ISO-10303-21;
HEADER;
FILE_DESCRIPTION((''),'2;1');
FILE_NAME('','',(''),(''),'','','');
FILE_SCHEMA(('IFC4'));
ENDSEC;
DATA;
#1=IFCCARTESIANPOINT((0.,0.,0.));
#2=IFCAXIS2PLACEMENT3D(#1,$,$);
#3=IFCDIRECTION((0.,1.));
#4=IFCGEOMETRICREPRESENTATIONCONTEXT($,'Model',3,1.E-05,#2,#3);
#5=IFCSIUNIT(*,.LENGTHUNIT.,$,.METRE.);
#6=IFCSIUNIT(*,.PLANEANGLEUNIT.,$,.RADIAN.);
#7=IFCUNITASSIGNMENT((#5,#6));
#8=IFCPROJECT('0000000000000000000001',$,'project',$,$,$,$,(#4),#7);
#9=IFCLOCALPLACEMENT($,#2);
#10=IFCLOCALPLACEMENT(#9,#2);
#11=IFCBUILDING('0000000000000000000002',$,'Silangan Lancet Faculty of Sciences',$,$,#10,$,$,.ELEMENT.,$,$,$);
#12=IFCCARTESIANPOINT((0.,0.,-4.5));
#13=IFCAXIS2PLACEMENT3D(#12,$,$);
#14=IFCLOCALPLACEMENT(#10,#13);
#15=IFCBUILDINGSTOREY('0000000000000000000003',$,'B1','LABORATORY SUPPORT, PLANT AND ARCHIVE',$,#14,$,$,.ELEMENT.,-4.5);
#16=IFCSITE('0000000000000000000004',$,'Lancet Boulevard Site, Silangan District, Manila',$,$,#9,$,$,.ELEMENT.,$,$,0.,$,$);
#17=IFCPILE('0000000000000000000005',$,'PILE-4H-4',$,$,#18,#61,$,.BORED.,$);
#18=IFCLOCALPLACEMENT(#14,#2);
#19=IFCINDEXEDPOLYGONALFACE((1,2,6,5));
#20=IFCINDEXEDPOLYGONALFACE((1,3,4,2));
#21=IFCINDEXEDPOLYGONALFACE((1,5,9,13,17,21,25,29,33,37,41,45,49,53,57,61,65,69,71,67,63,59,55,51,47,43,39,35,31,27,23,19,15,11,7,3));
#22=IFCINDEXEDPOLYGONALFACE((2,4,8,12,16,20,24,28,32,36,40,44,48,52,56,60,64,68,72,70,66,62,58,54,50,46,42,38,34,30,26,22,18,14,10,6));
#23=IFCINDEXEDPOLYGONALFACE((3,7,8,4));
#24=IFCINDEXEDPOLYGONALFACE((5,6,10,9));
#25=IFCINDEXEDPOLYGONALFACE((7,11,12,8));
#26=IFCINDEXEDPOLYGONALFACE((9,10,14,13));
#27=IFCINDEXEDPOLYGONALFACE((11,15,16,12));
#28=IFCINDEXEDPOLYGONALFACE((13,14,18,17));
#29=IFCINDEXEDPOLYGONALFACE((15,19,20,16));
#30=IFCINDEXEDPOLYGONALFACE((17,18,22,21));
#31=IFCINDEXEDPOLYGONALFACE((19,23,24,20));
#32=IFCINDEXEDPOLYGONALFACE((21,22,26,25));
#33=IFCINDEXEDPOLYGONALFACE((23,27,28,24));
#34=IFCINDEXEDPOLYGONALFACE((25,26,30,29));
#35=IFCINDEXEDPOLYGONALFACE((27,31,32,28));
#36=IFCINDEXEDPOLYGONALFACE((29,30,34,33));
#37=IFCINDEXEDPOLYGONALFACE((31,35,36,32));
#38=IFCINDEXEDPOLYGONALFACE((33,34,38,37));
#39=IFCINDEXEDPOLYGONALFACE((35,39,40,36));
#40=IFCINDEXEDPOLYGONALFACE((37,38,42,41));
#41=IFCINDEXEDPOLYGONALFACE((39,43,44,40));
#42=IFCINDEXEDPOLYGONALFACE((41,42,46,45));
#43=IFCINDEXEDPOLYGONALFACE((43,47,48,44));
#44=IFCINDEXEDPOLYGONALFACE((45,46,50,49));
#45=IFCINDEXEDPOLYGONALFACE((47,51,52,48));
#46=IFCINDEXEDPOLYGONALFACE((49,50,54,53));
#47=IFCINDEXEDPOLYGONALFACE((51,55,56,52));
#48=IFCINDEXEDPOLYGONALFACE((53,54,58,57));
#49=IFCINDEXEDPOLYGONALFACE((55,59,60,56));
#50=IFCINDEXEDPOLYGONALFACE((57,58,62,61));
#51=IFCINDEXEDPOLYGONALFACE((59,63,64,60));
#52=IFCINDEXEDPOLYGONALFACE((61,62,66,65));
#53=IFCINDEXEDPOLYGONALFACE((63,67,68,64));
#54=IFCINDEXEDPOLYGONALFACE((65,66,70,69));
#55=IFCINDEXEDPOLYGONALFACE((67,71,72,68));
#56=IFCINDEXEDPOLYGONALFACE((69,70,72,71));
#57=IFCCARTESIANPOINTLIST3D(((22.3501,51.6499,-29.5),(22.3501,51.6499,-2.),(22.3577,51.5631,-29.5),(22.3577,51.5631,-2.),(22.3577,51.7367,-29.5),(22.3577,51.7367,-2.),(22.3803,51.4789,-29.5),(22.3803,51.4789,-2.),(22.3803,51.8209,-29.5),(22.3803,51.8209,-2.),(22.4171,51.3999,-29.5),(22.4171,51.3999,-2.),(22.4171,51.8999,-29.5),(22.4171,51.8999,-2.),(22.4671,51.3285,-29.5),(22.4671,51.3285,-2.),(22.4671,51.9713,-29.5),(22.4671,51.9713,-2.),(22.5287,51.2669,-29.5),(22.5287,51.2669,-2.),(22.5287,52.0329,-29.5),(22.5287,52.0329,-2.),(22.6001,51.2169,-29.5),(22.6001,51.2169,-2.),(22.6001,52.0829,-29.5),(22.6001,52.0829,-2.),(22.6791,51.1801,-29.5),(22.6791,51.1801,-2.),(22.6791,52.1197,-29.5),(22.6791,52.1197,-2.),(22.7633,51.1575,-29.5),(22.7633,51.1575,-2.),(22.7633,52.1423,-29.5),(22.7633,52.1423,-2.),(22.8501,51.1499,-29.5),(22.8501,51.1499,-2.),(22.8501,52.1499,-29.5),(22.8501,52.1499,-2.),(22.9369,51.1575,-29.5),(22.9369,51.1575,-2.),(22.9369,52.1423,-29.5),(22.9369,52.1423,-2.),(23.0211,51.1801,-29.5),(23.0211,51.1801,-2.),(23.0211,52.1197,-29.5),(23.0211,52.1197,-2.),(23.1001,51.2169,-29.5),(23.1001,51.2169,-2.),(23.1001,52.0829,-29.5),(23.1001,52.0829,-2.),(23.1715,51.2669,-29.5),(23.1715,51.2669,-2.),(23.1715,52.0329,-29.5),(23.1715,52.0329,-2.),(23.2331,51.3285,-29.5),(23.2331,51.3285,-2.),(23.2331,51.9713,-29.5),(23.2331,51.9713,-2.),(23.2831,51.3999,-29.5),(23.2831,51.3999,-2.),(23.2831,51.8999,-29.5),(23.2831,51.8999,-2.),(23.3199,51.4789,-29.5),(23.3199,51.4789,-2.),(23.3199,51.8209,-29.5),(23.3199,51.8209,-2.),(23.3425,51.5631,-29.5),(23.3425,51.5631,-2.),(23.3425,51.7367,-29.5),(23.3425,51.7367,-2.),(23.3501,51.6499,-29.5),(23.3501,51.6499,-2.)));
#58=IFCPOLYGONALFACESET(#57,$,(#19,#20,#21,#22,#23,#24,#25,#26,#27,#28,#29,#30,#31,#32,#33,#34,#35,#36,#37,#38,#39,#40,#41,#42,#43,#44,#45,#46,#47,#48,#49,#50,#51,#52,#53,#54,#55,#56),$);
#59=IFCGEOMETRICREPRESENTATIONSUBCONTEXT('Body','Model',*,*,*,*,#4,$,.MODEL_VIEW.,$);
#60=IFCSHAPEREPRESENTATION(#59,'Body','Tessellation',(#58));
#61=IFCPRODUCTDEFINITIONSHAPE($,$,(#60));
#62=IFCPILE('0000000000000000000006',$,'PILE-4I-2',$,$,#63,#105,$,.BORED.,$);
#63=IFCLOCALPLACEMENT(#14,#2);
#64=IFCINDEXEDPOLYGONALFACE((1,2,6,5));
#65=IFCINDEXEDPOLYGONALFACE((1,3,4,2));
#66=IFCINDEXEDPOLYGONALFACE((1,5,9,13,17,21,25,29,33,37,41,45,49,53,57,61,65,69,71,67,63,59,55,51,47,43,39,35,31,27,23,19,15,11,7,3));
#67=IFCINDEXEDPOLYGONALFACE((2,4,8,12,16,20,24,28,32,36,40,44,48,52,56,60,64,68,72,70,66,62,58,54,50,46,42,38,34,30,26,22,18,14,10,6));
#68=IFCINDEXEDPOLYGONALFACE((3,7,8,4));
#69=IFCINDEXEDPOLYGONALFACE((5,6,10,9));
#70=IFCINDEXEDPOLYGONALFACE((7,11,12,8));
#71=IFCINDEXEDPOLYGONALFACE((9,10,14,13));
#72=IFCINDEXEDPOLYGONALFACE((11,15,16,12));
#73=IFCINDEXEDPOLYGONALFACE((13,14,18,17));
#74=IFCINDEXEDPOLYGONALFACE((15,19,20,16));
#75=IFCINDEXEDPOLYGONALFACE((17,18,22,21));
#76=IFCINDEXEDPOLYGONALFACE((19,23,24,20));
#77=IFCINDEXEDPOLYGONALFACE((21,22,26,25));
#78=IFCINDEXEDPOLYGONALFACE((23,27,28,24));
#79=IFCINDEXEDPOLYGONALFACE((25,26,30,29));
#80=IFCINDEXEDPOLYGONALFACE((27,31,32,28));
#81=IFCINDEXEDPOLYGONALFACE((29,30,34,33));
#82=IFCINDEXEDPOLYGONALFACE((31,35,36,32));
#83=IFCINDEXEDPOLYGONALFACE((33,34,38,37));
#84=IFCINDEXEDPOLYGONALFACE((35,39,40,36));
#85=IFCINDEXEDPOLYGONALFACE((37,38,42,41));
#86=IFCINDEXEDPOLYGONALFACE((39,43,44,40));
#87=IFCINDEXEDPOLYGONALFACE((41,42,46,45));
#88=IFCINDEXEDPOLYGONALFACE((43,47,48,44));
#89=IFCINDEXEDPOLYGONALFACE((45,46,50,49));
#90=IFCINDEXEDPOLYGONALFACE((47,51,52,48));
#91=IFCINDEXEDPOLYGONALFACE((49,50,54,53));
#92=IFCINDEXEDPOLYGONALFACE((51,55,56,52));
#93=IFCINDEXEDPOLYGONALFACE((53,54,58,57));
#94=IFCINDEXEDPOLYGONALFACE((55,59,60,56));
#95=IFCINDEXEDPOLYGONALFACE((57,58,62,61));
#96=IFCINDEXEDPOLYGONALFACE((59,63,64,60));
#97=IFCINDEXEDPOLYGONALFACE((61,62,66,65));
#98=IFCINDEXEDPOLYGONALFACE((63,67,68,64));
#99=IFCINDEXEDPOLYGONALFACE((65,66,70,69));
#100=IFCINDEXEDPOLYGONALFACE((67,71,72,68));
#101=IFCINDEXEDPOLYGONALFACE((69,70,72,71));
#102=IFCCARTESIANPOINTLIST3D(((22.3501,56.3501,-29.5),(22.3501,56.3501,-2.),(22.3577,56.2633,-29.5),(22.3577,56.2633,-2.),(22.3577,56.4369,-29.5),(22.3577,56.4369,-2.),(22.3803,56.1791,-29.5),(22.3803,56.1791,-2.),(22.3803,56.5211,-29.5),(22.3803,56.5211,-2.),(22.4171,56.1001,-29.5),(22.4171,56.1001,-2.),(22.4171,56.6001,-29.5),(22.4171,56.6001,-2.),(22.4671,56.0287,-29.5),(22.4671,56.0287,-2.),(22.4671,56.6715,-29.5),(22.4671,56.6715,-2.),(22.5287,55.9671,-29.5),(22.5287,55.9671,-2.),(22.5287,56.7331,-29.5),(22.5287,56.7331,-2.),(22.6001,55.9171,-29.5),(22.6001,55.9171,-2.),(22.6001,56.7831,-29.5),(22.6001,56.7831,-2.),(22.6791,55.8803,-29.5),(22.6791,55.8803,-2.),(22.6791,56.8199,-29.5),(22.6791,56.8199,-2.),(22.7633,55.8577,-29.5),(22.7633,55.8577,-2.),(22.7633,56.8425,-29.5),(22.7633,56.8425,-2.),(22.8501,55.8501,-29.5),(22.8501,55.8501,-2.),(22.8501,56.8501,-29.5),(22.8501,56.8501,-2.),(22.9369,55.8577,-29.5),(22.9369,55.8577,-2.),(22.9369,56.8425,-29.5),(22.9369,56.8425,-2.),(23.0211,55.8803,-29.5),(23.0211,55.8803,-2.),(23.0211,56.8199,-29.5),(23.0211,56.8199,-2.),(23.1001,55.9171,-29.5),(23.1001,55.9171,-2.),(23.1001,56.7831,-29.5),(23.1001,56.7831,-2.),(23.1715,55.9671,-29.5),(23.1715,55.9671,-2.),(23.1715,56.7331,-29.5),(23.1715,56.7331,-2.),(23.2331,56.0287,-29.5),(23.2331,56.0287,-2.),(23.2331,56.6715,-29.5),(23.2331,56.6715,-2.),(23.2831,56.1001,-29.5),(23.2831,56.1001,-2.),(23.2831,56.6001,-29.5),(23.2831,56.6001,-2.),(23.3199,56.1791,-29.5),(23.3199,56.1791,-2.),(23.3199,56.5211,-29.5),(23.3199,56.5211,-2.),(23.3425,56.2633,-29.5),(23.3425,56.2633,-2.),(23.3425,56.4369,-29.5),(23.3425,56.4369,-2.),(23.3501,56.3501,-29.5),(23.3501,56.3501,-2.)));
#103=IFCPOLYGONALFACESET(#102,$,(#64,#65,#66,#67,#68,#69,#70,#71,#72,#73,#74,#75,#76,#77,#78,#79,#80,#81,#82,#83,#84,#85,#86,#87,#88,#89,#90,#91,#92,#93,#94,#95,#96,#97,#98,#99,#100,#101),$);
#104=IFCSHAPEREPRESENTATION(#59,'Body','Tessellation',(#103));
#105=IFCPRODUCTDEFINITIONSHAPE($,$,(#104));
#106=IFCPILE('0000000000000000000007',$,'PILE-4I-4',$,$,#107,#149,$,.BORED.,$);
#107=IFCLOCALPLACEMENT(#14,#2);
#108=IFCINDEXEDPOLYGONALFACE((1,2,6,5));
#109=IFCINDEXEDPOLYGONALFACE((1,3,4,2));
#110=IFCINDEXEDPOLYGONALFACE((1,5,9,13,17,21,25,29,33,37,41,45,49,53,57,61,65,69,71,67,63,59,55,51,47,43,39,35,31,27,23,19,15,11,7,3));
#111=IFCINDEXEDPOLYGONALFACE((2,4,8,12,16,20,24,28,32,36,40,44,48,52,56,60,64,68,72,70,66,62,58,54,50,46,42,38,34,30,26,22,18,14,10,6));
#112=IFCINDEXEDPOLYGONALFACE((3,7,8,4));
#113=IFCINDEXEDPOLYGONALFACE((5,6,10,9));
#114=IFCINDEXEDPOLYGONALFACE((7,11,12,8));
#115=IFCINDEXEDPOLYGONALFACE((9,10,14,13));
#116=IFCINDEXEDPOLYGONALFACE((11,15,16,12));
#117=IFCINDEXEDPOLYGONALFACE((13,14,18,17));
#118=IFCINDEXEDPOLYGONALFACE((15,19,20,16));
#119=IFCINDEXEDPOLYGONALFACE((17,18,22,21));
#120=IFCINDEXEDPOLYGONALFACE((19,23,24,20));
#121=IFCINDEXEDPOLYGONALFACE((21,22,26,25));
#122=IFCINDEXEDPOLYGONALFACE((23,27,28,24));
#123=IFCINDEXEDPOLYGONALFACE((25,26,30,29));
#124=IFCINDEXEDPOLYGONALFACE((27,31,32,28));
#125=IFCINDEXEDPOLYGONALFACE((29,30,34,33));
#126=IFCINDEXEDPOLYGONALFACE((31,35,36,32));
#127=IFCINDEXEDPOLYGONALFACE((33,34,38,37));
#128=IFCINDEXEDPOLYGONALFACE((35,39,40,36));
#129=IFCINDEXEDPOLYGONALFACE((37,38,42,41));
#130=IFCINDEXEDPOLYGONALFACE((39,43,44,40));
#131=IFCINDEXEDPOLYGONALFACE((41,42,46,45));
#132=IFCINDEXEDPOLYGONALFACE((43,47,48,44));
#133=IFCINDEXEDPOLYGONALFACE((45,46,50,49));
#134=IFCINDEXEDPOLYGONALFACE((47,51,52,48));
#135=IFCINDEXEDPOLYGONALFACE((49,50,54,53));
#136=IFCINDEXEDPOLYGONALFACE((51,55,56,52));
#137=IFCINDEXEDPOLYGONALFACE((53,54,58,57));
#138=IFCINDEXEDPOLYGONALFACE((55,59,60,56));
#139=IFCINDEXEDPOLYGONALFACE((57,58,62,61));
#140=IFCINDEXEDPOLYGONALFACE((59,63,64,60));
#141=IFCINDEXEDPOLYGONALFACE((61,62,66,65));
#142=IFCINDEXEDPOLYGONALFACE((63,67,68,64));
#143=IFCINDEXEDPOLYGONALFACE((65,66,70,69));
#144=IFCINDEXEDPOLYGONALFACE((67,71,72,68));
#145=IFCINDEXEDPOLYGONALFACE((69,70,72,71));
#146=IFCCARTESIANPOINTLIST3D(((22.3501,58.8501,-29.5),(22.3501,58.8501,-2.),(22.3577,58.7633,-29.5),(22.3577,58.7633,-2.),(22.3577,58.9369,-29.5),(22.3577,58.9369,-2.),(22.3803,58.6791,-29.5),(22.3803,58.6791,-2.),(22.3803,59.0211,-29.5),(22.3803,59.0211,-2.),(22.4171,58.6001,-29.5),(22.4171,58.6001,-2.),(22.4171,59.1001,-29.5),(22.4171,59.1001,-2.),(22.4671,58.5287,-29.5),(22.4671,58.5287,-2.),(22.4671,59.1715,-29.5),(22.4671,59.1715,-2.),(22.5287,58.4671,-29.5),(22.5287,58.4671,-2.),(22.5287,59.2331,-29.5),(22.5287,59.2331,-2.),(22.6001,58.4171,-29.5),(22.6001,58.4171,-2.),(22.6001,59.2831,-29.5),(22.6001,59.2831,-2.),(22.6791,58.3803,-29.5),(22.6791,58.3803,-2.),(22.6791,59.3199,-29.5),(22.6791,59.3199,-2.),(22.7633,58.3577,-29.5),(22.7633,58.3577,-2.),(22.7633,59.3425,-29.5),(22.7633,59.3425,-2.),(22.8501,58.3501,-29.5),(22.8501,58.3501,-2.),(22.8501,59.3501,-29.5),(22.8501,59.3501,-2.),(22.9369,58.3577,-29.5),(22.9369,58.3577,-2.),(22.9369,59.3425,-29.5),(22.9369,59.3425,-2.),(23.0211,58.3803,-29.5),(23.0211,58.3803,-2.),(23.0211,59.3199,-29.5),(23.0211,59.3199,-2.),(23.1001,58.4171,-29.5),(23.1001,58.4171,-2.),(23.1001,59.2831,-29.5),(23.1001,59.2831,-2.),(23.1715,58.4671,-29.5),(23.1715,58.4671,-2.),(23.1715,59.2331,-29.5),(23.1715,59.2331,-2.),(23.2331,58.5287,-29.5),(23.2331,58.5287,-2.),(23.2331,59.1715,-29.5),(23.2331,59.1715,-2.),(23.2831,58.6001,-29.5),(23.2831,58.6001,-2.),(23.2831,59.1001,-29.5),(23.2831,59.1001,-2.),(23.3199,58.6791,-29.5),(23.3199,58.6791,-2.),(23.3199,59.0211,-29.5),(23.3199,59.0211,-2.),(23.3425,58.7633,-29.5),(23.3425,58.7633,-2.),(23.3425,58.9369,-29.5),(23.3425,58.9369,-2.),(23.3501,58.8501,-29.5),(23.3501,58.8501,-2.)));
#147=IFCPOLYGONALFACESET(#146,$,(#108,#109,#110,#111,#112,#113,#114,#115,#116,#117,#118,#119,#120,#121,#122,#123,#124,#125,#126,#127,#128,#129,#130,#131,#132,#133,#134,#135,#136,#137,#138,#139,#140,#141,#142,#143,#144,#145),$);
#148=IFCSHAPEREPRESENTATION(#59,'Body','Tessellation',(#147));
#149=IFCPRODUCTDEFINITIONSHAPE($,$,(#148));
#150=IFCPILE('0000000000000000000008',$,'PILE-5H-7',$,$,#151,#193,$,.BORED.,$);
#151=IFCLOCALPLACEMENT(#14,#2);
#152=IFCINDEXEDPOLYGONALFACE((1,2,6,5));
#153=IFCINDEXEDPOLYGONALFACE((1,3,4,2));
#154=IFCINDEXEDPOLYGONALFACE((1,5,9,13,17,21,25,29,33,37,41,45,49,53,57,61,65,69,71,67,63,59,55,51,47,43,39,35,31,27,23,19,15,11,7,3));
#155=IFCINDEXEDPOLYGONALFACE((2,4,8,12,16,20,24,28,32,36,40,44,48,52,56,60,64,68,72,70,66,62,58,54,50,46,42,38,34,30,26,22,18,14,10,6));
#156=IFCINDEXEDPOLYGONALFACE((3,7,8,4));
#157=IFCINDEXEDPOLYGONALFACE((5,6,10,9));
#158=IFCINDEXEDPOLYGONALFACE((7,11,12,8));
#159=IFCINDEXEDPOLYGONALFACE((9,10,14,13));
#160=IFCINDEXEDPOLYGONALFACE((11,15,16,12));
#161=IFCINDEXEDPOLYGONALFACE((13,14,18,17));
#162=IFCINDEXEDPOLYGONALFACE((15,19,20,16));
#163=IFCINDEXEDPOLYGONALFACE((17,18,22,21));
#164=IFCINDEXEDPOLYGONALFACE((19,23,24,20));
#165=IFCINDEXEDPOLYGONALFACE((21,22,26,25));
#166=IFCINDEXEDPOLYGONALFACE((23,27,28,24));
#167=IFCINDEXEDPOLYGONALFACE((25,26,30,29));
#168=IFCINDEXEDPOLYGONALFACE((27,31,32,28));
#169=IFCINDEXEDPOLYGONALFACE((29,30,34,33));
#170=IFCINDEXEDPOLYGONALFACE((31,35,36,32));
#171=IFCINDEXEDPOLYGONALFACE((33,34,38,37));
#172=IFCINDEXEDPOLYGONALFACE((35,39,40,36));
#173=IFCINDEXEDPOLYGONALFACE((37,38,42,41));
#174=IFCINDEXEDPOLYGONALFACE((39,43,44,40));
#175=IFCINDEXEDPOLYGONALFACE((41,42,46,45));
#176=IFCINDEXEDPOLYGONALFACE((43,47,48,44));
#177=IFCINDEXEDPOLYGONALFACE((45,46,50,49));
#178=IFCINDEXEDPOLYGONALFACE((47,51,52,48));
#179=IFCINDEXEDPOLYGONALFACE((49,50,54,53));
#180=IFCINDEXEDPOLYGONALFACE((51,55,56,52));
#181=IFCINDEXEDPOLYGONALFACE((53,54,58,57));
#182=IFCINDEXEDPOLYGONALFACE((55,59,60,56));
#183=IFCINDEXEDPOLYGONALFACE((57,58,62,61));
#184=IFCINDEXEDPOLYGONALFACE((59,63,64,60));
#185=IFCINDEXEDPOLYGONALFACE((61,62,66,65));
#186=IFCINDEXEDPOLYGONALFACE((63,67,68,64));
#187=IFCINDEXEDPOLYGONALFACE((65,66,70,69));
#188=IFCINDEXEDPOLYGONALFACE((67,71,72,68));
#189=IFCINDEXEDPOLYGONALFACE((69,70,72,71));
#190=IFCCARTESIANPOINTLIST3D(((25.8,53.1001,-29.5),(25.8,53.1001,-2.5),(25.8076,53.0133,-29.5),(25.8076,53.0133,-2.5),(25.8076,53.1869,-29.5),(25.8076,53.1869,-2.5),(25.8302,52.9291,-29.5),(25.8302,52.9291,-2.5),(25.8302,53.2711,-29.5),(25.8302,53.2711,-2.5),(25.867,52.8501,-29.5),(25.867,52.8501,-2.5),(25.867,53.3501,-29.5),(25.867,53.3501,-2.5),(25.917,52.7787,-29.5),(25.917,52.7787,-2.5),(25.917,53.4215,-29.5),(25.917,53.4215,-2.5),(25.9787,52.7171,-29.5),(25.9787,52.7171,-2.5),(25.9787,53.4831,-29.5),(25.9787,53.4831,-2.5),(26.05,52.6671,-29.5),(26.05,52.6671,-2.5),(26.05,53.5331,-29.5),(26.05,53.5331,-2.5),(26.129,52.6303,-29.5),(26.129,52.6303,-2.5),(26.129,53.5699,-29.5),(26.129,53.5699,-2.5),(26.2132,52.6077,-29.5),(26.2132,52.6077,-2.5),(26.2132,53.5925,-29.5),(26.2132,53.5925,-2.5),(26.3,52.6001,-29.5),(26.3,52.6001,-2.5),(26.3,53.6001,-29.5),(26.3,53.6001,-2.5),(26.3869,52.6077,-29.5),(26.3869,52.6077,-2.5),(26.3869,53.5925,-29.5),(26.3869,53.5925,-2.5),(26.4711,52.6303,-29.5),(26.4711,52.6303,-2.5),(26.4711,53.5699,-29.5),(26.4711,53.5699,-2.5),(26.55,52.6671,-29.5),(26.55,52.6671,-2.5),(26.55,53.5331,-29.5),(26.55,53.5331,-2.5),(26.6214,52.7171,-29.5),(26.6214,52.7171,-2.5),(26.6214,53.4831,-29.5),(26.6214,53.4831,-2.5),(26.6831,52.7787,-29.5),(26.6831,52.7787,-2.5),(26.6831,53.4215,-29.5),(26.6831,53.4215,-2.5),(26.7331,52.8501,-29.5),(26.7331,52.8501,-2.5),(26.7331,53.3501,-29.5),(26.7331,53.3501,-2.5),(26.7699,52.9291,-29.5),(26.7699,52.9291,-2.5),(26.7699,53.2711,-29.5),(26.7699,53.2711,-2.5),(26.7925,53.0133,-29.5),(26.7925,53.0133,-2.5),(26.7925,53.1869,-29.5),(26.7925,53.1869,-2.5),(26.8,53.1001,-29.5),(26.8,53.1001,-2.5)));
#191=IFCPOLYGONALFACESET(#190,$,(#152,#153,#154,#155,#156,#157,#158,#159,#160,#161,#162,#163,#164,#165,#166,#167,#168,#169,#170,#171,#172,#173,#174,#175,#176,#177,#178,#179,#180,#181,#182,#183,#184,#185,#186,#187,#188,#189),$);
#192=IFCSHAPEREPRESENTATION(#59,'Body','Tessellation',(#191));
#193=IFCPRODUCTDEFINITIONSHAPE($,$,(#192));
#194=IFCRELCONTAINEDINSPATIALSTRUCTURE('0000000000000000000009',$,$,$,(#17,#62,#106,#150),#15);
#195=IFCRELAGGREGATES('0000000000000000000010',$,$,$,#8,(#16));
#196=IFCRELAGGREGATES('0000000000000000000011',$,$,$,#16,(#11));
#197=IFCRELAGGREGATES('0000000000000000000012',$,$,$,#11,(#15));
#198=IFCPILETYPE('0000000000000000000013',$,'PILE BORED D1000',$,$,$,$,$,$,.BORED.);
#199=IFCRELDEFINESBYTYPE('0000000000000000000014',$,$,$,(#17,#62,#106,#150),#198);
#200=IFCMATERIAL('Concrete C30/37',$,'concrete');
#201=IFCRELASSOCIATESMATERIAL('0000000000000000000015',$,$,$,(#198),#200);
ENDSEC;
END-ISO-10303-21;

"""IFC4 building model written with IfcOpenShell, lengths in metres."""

from ifc_helpers import new_model, si_unit, direction, frame, origin, origin_2d, place, context, subcontext, project, spatial, circle, extrude, material, material_profile, profile_set, type_object, element, save


model = new_model("IFC4")

# Units and contexts
model_context = context("Model", 3, precision=1e-05, world=origin(), true_north=direction((0.0, 1.0)))
body_context = subcontext(model_context, "Body", "Model", "MODEL_VIEW")
ifc_project = project(units=[si_unit("LENGTHUNIT", "METRE"), si_unit("PLANEANGLEUNIT", "RADIAN")], contexts=[model_context])

# Site, building, storey
site_placement = place(None, origin())
site = spatial("IfcSite", under=ifc_project, at=site_placement, Name="Lancet Boulevard Site, Silangan District, Manila", CompositionType="ELEMENT", RefElevation=0.0)
building_placement = place(site_placement, origin())
building = spatial("IfcBuilding", under=site, at=building_placement, Name="Silangan Lancet Faculty of Sciences", CompositionType="ELEMENT")
storey_placement = place(building_placement, frame((0.0, 0.0, -4.5)))
storey = spatial("IfcBuildingStorey", under=building, at=storey_placement, Name="B1", Description="LABORATORY SUPPORT, PLANT AND ARCHIVE", CompositionType="ELEMENT", Elevation=-4.5)

# Piles
ifc_material_1 = material(Name="Concrete C30/37", Category="concrete")
ifc_material_profile_1 = material_profile(ifc_material_1, circle(Radius=0.5, at=origin_2d()), Name="BORED PILE D1000")
ifc_profile_set_1 = profile_set([ifc_material_profile_1], Name="Concrete C30/37")
pile_type_1 = type_object("IfcPileType", Name="PILE BORED D1000", PredefinedType="BORED", material=ifc_profile_set_1)
for number, where, z_axis, x_axis, name in (
    (1, (22.8501, 51.6499, -2.0), (0.0, 0.0, -1.0), (1.0, 0.0, 0.0), "PILE-4H-4"),
    (2, (22.8501, 56.3501, -2.0), (0.0, 0.0, -1.0), (1.0, 0.0, 0.0), "PILE-4I-2"),
    (3, (22.8501, 58.8501, -2.0), (0.0, 0.0, -1.0), (1.0, 0.0, 0.0), "PILE-4I-4"),
):
    element("IfcPile", number, at=place(storey_placement, frame(where, z_axis=z_axis, x_axis=x_axis)), inside=storey, type_object=pile_type_1, Name=name, PredefinedType="BORED", context=body_context, shape_type="SweptSolid", body=[
        extrude(circle(Radius=0.5, at=origin_2d()), origin(), (0.0, 0.0, 1.0), 27.5),
    ])
for number, where, z_axis, x_axis, name in (
    (4, (26.3, 53.1001, -2.5), (0.0, 0.0, -1.0), (1.0, 0.0, 0.0), "PILE-5H-7"),
):
    element("IfcPile", number, at=place(storey_placement, frame(where, z_axis=z_axis, x_axis=x_axis)), inside=storey, type_object=pile_type_1, Name=name, PredefinedType="BORED", context=body_context, shape_type="SweptSolid", body=[
        extrude(circle(Radius=0.5, at=origin_2d()), origin(), (0.0, 0.0, 1.0), 27.0),
    ])

save(model, "model.ifc")
